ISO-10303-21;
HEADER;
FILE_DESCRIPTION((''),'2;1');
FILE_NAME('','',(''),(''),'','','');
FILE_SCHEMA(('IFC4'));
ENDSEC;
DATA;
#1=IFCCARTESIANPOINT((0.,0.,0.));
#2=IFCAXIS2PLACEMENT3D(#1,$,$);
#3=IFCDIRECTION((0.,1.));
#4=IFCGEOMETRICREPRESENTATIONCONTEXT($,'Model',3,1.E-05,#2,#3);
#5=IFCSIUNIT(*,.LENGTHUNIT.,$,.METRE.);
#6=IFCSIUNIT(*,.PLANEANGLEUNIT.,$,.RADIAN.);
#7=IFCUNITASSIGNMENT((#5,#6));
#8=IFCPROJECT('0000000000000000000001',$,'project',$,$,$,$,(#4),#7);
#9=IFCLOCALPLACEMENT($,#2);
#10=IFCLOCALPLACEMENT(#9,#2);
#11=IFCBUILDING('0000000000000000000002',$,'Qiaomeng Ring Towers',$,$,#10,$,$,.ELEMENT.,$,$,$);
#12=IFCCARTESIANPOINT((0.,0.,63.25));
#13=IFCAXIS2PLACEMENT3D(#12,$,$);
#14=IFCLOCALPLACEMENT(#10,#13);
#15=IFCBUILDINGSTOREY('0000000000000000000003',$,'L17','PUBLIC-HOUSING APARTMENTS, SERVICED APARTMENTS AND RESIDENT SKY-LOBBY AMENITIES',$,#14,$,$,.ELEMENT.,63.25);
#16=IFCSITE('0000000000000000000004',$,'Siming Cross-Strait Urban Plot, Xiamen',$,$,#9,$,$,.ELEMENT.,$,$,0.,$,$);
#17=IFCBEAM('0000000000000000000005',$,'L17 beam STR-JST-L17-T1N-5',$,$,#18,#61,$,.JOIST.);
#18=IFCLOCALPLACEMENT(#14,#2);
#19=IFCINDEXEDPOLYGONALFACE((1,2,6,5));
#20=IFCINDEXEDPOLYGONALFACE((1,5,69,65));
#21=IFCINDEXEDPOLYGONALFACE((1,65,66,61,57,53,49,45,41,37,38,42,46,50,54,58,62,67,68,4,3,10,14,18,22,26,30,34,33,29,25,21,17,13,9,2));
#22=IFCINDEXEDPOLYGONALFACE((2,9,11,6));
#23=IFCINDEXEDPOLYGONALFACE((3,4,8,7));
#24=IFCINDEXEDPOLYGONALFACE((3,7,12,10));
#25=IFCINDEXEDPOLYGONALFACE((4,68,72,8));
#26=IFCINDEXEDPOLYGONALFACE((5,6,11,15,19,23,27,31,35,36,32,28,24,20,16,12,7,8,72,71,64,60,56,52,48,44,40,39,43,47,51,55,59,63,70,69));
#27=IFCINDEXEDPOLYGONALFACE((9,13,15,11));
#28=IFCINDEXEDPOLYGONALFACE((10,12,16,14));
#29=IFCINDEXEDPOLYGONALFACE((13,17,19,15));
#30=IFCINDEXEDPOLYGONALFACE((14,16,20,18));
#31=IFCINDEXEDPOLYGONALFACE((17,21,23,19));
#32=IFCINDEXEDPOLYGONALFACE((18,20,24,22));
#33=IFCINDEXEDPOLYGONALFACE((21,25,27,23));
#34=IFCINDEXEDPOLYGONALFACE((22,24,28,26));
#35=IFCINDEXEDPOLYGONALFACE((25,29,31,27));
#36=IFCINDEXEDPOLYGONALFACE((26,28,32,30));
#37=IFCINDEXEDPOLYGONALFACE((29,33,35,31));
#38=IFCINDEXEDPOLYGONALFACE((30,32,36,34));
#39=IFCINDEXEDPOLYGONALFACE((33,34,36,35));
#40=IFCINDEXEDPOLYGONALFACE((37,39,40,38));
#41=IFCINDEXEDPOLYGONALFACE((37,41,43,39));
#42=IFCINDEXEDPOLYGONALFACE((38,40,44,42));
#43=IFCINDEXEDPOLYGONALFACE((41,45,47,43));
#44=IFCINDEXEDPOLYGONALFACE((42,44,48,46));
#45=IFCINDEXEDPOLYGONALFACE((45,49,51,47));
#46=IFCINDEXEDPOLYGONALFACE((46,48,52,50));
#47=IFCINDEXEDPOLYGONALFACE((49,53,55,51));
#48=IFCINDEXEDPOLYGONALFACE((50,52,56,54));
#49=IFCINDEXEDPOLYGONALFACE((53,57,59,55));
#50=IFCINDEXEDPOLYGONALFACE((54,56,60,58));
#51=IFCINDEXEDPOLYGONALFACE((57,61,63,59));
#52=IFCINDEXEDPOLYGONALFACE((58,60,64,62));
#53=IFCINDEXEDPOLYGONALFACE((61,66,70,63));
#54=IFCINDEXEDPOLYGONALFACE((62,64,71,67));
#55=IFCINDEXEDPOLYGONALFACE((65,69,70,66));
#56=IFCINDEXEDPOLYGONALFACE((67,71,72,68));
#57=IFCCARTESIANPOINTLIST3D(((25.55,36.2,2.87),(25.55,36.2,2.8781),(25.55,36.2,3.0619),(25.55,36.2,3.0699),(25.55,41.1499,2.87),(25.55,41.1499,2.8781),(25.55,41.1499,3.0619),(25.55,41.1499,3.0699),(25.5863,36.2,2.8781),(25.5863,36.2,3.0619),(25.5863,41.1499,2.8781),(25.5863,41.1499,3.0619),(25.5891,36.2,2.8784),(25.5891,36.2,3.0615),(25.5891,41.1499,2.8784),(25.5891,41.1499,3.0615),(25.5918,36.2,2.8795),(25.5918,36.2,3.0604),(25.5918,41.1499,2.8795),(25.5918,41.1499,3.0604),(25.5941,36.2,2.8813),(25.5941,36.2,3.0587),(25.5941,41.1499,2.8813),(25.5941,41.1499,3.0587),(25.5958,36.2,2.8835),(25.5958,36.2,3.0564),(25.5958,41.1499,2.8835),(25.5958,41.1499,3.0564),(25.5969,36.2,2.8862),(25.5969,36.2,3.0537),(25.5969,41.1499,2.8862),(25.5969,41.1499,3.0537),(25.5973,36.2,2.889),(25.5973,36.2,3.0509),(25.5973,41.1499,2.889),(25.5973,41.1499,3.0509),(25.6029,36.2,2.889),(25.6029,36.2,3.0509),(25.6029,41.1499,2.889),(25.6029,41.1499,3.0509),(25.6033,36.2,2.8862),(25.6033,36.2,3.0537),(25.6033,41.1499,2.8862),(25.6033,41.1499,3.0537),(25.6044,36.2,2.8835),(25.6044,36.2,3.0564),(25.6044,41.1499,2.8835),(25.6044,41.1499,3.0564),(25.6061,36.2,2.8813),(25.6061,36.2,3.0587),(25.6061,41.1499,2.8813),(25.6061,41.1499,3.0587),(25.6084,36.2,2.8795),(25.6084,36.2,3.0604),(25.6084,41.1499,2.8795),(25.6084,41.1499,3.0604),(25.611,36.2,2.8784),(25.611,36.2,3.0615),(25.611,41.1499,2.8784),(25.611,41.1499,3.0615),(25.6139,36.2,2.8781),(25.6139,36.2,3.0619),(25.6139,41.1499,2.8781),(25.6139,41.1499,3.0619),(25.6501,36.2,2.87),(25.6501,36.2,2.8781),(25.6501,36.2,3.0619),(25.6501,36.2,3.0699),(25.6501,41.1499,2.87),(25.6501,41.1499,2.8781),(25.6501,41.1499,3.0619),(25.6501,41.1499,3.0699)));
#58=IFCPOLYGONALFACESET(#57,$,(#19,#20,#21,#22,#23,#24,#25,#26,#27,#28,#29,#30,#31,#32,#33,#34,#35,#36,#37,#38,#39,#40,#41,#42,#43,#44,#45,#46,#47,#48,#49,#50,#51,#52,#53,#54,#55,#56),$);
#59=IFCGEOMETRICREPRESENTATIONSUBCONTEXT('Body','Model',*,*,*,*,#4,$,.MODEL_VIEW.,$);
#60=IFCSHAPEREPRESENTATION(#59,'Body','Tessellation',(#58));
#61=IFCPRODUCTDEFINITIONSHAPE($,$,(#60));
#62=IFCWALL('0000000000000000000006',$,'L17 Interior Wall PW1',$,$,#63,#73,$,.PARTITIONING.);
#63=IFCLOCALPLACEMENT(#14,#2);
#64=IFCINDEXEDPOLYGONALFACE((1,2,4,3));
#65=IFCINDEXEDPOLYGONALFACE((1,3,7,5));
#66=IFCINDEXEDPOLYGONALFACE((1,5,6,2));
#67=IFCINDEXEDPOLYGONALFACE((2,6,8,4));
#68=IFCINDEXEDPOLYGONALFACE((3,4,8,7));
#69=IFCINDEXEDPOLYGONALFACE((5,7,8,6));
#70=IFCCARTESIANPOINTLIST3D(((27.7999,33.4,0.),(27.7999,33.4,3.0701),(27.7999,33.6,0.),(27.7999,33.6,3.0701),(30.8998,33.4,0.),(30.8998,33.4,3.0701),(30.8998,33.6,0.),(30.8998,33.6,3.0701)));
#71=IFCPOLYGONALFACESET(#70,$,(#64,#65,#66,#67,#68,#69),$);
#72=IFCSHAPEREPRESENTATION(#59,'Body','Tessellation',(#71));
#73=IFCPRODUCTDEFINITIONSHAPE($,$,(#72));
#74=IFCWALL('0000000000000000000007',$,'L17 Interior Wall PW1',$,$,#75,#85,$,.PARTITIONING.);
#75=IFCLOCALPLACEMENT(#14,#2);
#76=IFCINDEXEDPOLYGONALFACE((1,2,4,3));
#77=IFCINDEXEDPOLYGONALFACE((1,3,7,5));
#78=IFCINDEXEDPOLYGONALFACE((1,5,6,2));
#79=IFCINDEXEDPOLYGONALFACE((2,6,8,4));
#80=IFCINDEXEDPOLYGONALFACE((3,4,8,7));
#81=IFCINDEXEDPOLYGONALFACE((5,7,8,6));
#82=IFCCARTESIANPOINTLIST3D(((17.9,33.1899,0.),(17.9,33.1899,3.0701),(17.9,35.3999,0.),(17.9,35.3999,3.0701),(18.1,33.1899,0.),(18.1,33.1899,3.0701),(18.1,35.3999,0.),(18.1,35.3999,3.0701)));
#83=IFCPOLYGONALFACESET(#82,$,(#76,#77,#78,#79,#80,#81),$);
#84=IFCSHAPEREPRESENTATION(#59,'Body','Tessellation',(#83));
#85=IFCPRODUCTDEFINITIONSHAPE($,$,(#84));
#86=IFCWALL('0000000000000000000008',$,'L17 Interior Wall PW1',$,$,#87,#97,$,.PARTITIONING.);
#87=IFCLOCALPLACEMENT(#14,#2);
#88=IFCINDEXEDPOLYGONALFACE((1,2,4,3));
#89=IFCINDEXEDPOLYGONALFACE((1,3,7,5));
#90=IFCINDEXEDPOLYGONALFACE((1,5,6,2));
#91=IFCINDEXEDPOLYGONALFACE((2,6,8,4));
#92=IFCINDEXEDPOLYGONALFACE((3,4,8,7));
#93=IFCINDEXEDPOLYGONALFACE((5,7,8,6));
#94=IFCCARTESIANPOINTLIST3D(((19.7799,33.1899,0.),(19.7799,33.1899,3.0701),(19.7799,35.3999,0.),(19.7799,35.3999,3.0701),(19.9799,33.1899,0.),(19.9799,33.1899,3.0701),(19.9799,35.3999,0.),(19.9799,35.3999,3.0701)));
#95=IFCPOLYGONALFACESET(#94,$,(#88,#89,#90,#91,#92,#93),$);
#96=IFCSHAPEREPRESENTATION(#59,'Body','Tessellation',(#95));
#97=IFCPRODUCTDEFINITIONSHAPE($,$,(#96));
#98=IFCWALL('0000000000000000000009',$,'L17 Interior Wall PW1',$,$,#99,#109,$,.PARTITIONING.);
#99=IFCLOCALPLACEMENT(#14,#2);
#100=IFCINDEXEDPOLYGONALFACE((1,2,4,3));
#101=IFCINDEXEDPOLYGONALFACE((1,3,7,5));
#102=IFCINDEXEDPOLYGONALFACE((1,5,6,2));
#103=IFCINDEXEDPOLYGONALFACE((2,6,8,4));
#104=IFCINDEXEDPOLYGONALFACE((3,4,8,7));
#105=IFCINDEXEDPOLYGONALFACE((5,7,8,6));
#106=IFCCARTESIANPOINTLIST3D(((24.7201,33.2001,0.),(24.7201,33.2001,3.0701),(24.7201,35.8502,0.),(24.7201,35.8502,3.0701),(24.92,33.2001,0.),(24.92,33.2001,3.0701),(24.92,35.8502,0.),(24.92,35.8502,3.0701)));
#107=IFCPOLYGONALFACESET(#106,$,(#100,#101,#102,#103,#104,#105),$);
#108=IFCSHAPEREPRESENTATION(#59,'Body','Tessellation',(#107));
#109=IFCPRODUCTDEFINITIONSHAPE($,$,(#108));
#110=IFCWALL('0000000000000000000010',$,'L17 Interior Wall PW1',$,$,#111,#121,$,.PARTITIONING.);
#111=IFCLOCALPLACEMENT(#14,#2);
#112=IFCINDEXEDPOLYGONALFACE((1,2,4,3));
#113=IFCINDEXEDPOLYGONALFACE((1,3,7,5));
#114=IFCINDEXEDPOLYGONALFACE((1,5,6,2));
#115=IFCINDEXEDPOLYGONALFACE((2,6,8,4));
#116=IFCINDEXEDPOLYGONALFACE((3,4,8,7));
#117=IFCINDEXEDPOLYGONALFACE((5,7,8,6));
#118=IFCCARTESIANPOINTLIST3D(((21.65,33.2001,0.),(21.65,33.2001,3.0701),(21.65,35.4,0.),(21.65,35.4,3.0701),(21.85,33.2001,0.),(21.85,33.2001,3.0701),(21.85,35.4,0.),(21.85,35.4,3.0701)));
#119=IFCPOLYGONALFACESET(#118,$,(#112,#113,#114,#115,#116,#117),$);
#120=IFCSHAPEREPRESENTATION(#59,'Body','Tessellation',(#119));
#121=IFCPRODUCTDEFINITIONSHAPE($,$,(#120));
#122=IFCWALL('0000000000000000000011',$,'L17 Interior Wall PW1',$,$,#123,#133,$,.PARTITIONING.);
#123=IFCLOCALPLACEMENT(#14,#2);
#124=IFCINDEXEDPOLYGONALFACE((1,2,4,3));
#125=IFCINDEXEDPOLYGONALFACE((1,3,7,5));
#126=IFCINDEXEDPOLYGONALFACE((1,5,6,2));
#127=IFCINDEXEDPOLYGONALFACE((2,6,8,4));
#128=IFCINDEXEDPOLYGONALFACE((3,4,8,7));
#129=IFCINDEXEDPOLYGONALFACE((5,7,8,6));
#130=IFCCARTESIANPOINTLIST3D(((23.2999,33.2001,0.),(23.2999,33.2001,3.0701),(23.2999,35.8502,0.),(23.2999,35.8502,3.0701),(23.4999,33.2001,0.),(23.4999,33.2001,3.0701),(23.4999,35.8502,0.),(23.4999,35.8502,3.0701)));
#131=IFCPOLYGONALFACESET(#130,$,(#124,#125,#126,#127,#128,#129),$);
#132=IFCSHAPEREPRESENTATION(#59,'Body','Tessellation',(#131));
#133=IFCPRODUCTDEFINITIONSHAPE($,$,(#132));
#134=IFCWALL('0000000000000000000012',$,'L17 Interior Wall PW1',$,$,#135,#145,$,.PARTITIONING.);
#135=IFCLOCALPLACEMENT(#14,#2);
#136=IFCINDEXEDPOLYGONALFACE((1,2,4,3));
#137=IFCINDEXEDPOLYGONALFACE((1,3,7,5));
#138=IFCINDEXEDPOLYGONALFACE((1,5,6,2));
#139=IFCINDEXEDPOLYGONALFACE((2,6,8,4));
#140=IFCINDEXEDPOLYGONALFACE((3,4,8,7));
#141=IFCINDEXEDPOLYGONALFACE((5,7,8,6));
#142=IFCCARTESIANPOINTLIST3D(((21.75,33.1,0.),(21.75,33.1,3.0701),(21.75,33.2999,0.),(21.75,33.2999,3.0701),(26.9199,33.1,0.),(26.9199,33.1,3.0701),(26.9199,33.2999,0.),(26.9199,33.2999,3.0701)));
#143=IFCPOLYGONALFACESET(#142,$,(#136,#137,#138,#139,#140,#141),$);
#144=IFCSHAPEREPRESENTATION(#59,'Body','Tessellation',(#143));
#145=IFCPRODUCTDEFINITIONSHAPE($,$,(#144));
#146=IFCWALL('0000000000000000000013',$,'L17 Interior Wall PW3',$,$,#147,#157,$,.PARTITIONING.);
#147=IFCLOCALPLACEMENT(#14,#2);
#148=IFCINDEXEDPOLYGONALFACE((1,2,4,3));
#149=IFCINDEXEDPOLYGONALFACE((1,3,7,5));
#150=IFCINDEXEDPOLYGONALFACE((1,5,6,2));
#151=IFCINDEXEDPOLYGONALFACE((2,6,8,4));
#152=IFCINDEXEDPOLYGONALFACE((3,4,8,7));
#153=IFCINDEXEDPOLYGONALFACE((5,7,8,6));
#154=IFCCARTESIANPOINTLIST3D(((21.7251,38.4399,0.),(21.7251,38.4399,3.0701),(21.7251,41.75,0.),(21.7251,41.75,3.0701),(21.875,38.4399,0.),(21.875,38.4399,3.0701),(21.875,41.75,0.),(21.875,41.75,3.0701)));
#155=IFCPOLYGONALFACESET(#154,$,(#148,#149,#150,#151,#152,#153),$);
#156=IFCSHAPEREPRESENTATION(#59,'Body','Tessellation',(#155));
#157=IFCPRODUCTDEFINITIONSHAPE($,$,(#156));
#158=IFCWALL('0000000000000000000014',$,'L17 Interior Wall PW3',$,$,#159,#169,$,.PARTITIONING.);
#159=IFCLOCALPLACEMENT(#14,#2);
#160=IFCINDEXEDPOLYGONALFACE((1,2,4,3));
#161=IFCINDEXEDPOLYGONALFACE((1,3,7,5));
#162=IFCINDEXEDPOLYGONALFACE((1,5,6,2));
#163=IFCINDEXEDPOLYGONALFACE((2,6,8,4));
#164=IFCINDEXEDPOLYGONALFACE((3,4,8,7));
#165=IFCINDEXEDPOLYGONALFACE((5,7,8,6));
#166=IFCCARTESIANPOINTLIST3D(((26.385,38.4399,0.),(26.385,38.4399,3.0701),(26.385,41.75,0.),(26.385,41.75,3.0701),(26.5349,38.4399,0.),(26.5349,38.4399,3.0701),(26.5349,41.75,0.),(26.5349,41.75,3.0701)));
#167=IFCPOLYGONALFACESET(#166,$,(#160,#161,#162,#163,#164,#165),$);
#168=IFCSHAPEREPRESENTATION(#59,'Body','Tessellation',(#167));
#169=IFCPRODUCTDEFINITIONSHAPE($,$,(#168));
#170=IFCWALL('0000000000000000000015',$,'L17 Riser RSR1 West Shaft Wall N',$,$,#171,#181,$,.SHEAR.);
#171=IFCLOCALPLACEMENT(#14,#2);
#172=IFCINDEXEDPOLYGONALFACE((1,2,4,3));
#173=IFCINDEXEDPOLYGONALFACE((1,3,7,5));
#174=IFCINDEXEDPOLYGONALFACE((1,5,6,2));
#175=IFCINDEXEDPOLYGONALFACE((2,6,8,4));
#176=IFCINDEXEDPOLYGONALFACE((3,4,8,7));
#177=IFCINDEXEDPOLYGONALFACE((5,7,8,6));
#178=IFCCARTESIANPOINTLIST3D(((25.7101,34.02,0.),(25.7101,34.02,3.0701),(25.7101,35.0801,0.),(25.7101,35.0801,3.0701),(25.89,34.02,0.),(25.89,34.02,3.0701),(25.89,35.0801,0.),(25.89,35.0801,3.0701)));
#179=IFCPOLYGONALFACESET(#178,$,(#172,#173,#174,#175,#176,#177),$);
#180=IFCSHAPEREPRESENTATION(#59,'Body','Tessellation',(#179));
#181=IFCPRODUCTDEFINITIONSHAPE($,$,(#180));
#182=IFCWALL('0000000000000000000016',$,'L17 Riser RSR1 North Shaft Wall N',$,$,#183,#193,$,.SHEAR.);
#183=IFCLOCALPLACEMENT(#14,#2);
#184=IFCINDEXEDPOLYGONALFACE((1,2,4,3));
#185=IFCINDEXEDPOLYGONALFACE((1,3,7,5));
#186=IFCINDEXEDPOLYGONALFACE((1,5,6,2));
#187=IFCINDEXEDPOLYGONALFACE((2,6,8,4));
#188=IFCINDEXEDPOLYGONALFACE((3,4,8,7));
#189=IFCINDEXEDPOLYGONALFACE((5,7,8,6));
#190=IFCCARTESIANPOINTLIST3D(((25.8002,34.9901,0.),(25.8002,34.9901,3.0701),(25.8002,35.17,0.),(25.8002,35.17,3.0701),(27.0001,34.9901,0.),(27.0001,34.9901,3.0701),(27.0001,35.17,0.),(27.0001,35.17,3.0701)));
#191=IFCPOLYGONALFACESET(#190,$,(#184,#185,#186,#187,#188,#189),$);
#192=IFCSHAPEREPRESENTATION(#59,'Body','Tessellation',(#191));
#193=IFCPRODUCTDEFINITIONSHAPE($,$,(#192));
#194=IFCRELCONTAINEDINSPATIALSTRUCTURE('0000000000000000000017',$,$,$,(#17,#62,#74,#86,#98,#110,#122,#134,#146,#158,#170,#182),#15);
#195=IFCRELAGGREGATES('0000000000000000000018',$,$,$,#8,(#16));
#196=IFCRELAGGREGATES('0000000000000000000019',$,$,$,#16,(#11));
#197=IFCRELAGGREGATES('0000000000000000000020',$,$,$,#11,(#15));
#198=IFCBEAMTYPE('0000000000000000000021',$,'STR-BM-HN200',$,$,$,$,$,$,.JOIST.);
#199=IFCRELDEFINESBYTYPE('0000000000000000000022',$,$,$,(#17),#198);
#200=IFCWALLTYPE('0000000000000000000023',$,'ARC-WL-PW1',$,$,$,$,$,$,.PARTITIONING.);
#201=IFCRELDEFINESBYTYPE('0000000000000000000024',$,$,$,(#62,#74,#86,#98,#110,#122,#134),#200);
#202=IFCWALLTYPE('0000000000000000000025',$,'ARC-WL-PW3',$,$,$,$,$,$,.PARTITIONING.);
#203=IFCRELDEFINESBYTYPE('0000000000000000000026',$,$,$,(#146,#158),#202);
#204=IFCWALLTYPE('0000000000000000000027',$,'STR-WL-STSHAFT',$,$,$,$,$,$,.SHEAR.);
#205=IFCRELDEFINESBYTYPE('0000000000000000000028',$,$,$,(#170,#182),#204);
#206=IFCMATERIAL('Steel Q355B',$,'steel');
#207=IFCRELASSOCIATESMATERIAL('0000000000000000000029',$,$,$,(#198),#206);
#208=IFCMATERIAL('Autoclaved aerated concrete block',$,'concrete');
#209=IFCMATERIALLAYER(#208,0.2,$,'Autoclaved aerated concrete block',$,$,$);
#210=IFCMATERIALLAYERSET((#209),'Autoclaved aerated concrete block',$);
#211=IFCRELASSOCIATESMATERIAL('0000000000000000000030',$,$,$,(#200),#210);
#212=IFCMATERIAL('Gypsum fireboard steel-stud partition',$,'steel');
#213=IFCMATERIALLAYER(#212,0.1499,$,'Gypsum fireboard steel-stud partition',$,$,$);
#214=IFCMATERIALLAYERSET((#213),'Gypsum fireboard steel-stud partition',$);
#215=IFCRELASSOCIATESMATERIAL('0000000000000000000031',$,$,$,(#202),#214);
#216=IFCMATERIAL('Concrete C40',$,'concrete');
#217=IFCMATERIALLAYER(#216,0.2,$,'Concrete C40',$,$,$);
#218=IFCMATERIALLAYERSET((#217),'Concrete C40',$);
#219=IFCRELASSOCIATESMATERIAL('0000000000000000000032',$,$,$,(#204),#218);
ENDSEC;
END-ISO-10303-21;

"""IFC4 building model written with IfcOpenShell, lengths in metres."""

from ifc_helpers import new_model, si_unit, direction, frame, frame_2d, origin, origin_2d, place, context, subcontext, project, spatial, rectangle, i_section, extrude, source, transform, mapped, material, layer, layer_set, material_profile, profile_set, type_object, element, save


model = new_model("IFC4")

# Units and contexts
model_context = context("Model", 3, precision=1e-05, world=origin(), true_north=direction((0.0, 1.0)))
body_context = subcontext(model_context, "Body", "Model", "MODEL_VIEW")
ifc_project = project(units=[si_unit("LENGTHUNIT", "METRE"), si_unit("PLANEANGLEUNIT", "RADIAN")], contexts=[model_context])

# Site, building, storey
site_placement = place(None, origin())
site = spatial("IfcSite", under=ifc_project, at=site_placement, Name="Siming Cross-Strait Urban Plot, Xiamen", CompositionType="ELEMENT", RefElevation=0.0)
building_placement = place(site_placement, origin())
building = spatial("IfcBuilding", under=site, at=building_placement, Name="Qiaomeng Ring Towers", CompositionType="ELEMENT")
storey_placement = place(building_placement, frame((0.0, 0.0, 63.25)))
storey = spatial("IfcBuildingStorey", under=building, at=storey_placement, Name="L17", Description="PUBLIC-HOUSING APARTMENTS, SERVICED APARTMENTS AND RESIDENT SKY-LOBBY AMENITIES", CompositionType="ELEMENT", Elevation=63.25)

# Beam
ifc_material_1 = material(Name="Steel Q355B", Category="steel")
ifc_material_profile_1 = material_profile(ifc_material_1, i_section(OverallWidth=0.1001, OverallDepth=0.2, WebThickness=0.0056, FlangeThickness=0.0081, FilletRadius=0.011, at=origin_2d()), Name="HN 200x100x5.5x8")
ifc_profile_set_1 = profile_set([ifc_material_profile_1], Name="Steel Q355B")
beam_type_1 = type_object("IfcBeamType", Name="STR-BM-HN200", PredefinedType="JOIST", material=ifc_profile_set_1)
shared_shape_1 = source(origin(), body_context, "Body", "SweptSolid", [
    extrude(i_section(OverallWidth=0.1001, OverallDepth=0.2, WebThickness=0.0056, FlangeThickness=0.0081, FilletRadius=0.011, at=origin_2d()), origin(), (0.0, 0.0, 1.0), 4.95),
])
for number, where, z_axis, x_axis, name in (
    (1, (25.6001, 36.2, 2.97), (0.0, 1.0, 0.0), (-1.0, 0.0, 0.0), "L17 beam STR-JST-L17-T1N-5"),
):
    element("IfcBeam", number, at=place(storey_placement, frame(where, z_axis=z_axis, x_axis=x_axis)), inside=storey, type_object=beam_type_1, Name=name, PredefinedType="JOIST", context=body_context, shape_type="MappedRepresentation", body=[
        mapped(shared_shape_1, transform((0.0, 0.0, 0.0), x_axis=(1.0, 0.0, 0.0), y_axis=(0.0, 1.0, 0.0), z_axis=(0.0, 0.0, 1.0), scale=1.0)),
    ])

# Walls
ifc_material_2 = material(Name="Autoclaved aerated concrete block", Category="concrete")
ifc_layer_1 = layer(ifc_material_2, 0.2, Name="Autoclaved aerated concrete block")
ifc_layer_set_1 = layer_set([ifc_layer_1], Name="Autoclaved aerated concrete block")
wall_type_1 = type_object("IfcWallType", Name="ARC-WL-PW1", PredefinedType="PARTITIONING", material=ifc_layer_set_1)
wall_1_placement = place(storey_placement, frame((27.8, 33.5, 0.0), z_axis=(0.0, 0.0, 1.0), x_axis=(1.0, 0.0, 0.0)))
element("IfcWall", 2, at=wall_1_placement, inside=storey, type_object=wall_type_1, Name="L17 Interior Wall PW1", PredefinedType="PARTITIONING", context=body_context, shape_type="SweptSolid", body=[
    extrude(rectangle(XDim=3.0999, YDim=0.2, at=frame_2d((1.5498, 0.0))), origin(), (0.0, 0.0, 1.0), 3.0701),
])
for number, where, z_axis, x_axis, name in (
    (3, (18.0, 33.1899, 0.0), (0.0, 0.0, 1.0), (0.0, 1.0, 0.0), "L17 Interior Wall PW1"),
    (4, (19.8799, 33.1899, 0.0), (0.0, 0.0, 1.0), (0.0, 1.0, 0.0), "L17 Interior Wall PW1"),
):
    element("IfcWall", number, at=place(storey_placement, frame(where, z_axis=z_axis, x_axis=x_axis)), inside=storey, type_object=wall_type_1, Name=name, PredefinedType="PARTITIONING", context=body_context, shape_type="SweptSolid", body=[
        extrude(rectangle(XDim=2.21, YDim=0.2, at=frame_2d((1.105, 0.0))), origin(), (0.0, 0.0, 1.0), 3.0701),
    ])
wall_2_placement = place(storey_placement, frame((24.8201, 33.2, 0.0), z_axis=(0.0, 0.0, 1.0), x_axis=(0.0, 1.0, 0.0)))
element("IfcWall", 5, at=wall_2_placement, inside=storey, type_object=wall_type_1, Name="L17 Interior Wall PW1", PredefinedType="PARTITIONING", context=body_context, shape_type="SweptSolid", body=[
    extrude(rectangle(XDim=2.6501, YDim=0.2, at=frame_2d((1.3252, 0.0))), origin(), (0.0, 0.0, 1.0), 3.0701),
])
wall_3_placement = place(storey_placement, frame((21.75, 33.2, 0.0), z_axis=(0.0, 0.0, 1.0), x_axis=(0.0, 1.0, 0.0)))
element("IfcWall", 6, at=wall_3_placement, inside=storey, type_object=wall_type_1, Name="L17 Interior Wall PW1", PredefinedType="PARTITIONING", context=body_context, shape_type="SweptSolid", body=[
    extrude(rectangle(XDim=2.2, YDim=0.2, at=frame_2d((1.1001, 0.0))), origin(), (0.0, 0.0, 1.0), 3.0701),
])
wall_4_placement = place(storey_placement, frame((23.3999, 33.2, 0.0), z_axis=(0.0, 0.0, 1.0), x_axis=(0.0, 1.0, 0.0)))
element("IfcWall", 7, at=wall_4_placement, inside=storey, type_object=wall_type_1, Name="L17 Interior Wall PW1", PredefinedType="PARTITIONING", context=body_context, shape_type="SweptSolid", body=[
    extrude(rectangle(XDim=2.6501, YDim=0.2, at=frame_2d((1.3252, 0.0))), origin(), (0.0, 0.0, 1.0), 3.0701),
])
wall_5_placement = place(storey_placement, frame((21.75, 33.2, 0.0), z_axis=(0.0, 0.0, 1.0), x_axis=(1.0, 0.0, 0.0)))
element("IfcWall", 8, at=wall_5_placement, inside=storey, type_object=wall_type_1, Name="L17 Interior Wall PW1", PredefinedType="PARTITIONING", context=body_context, shape_type="SweptSolid", body=[
    extrude(rectangle(XDim=5.1699, YDim=0.2, at=frame_2d((2.585, 0.0))), origin(), (0.0, 0.0, 1.0), 3.0701),
])
ifc_material_3 = material(Name="Gypsum fireboard steel-stud partition", Category="steel")
ifc_layer_2 = layer(ifc_material_3, 0.1499, Name="Gypsum fireboard steel-stud partition")
ifc_layer_set_2 = layer_set([ifc_layer_2], Name="Gypsum fireboard steel-stud partition")
wall_type_2 = type_object("IfcWallType", Name="ARC-WL-PW3", PredefinedType="PARTITIONING", material=ifc_layer_set_2)
for number, where, z_axis, x_axis, name in (
    (9, (21.8, 38.4399, 0.0), (0.0, 0.0, 1.0), (0.0, 1.0, 0.0), "L17 Interior Wall PW3"),
    (10, (26.46, 38.4399, 0.0), (0.0, 0.0, 1.0), (0.0, 1.0, 0.0), "L17 Interior Wall PW3"),
):
    element("IfcWall", number, at=place(storey_placement, frame(where, z_axis=z_axis, x_axis=x_axis)), inside=storey, type_object=wall_type_2, Name=name, PredefinedType="PARTITIONING", context=body_context, shape_type="SweptSolid", body=[
        extrude(rectangle(XDim=3.3101, YDim=0.1499, at=frame_2d((1.655, 0.0))), origin(), (0.0, 0.0, 1.0), 3.0701),
    ])
ifc_material_4 = material(Name="Concrete C40", Category="concrete")
ifc_layer_3 = layer(ifc_material_4, 0.2, Name="Concrete C40")
ifc_layer_set_3 = layer_set([ifc_layer_3], Name="Concrete C40")
wall_type_3 = type_object("IfcWallType", Name="STR-WL-STSHAFT", PredefinedType="SHEAR", material=ifc_layer_set_3)
wall_6_placement = place(storey_placement, frame((25.8, 34.02, 0.0), z_axis=(0.0, 0.0, 1.0), x_axis=(0.0, 1.0, 0.0)))
element("IfcWall", 11, at=wall_6_placement, inside=storey, type_object=wall_type_3, Name="L17 Riser RSR1 West Shaft Wall N", PredefinedType="SHEAR", context=body_context, shape_type="SweptSolid", body=[
    extrude(rectangle(XDim=1.0601, YDim=0.1799, at=frame_2d((0.53, 0.0))), origin(), (0.0, 0.0, 1.0), 3.0701),
])
for number, where, z_axis, x_axis, name in (
    (12, (25.8, 35.0801, 0.0), (0.0, 0.0, 1.0), (1.0, 0.0, 0.0), "L17 Riser RSR1 North Shaft Wall N"),
):
    element("IfcWall", number, at=place(storey_placement, frame(where, z_axis=z_axis, x_axis=x_axis)), inside=storey, type_object=wall_type_3, Name=name, PredefinedType="SHEAR", context=body_context, shape_type="SweptSolid", body=[
        extrude(rectangle(XDim=1.2, YDim=0.1799, at=frame_2d((0.6001, 0.0))), origin(), (0.0, 0.0, 1.0), 3.0701),
    ])

save(model, "model.ifc")
